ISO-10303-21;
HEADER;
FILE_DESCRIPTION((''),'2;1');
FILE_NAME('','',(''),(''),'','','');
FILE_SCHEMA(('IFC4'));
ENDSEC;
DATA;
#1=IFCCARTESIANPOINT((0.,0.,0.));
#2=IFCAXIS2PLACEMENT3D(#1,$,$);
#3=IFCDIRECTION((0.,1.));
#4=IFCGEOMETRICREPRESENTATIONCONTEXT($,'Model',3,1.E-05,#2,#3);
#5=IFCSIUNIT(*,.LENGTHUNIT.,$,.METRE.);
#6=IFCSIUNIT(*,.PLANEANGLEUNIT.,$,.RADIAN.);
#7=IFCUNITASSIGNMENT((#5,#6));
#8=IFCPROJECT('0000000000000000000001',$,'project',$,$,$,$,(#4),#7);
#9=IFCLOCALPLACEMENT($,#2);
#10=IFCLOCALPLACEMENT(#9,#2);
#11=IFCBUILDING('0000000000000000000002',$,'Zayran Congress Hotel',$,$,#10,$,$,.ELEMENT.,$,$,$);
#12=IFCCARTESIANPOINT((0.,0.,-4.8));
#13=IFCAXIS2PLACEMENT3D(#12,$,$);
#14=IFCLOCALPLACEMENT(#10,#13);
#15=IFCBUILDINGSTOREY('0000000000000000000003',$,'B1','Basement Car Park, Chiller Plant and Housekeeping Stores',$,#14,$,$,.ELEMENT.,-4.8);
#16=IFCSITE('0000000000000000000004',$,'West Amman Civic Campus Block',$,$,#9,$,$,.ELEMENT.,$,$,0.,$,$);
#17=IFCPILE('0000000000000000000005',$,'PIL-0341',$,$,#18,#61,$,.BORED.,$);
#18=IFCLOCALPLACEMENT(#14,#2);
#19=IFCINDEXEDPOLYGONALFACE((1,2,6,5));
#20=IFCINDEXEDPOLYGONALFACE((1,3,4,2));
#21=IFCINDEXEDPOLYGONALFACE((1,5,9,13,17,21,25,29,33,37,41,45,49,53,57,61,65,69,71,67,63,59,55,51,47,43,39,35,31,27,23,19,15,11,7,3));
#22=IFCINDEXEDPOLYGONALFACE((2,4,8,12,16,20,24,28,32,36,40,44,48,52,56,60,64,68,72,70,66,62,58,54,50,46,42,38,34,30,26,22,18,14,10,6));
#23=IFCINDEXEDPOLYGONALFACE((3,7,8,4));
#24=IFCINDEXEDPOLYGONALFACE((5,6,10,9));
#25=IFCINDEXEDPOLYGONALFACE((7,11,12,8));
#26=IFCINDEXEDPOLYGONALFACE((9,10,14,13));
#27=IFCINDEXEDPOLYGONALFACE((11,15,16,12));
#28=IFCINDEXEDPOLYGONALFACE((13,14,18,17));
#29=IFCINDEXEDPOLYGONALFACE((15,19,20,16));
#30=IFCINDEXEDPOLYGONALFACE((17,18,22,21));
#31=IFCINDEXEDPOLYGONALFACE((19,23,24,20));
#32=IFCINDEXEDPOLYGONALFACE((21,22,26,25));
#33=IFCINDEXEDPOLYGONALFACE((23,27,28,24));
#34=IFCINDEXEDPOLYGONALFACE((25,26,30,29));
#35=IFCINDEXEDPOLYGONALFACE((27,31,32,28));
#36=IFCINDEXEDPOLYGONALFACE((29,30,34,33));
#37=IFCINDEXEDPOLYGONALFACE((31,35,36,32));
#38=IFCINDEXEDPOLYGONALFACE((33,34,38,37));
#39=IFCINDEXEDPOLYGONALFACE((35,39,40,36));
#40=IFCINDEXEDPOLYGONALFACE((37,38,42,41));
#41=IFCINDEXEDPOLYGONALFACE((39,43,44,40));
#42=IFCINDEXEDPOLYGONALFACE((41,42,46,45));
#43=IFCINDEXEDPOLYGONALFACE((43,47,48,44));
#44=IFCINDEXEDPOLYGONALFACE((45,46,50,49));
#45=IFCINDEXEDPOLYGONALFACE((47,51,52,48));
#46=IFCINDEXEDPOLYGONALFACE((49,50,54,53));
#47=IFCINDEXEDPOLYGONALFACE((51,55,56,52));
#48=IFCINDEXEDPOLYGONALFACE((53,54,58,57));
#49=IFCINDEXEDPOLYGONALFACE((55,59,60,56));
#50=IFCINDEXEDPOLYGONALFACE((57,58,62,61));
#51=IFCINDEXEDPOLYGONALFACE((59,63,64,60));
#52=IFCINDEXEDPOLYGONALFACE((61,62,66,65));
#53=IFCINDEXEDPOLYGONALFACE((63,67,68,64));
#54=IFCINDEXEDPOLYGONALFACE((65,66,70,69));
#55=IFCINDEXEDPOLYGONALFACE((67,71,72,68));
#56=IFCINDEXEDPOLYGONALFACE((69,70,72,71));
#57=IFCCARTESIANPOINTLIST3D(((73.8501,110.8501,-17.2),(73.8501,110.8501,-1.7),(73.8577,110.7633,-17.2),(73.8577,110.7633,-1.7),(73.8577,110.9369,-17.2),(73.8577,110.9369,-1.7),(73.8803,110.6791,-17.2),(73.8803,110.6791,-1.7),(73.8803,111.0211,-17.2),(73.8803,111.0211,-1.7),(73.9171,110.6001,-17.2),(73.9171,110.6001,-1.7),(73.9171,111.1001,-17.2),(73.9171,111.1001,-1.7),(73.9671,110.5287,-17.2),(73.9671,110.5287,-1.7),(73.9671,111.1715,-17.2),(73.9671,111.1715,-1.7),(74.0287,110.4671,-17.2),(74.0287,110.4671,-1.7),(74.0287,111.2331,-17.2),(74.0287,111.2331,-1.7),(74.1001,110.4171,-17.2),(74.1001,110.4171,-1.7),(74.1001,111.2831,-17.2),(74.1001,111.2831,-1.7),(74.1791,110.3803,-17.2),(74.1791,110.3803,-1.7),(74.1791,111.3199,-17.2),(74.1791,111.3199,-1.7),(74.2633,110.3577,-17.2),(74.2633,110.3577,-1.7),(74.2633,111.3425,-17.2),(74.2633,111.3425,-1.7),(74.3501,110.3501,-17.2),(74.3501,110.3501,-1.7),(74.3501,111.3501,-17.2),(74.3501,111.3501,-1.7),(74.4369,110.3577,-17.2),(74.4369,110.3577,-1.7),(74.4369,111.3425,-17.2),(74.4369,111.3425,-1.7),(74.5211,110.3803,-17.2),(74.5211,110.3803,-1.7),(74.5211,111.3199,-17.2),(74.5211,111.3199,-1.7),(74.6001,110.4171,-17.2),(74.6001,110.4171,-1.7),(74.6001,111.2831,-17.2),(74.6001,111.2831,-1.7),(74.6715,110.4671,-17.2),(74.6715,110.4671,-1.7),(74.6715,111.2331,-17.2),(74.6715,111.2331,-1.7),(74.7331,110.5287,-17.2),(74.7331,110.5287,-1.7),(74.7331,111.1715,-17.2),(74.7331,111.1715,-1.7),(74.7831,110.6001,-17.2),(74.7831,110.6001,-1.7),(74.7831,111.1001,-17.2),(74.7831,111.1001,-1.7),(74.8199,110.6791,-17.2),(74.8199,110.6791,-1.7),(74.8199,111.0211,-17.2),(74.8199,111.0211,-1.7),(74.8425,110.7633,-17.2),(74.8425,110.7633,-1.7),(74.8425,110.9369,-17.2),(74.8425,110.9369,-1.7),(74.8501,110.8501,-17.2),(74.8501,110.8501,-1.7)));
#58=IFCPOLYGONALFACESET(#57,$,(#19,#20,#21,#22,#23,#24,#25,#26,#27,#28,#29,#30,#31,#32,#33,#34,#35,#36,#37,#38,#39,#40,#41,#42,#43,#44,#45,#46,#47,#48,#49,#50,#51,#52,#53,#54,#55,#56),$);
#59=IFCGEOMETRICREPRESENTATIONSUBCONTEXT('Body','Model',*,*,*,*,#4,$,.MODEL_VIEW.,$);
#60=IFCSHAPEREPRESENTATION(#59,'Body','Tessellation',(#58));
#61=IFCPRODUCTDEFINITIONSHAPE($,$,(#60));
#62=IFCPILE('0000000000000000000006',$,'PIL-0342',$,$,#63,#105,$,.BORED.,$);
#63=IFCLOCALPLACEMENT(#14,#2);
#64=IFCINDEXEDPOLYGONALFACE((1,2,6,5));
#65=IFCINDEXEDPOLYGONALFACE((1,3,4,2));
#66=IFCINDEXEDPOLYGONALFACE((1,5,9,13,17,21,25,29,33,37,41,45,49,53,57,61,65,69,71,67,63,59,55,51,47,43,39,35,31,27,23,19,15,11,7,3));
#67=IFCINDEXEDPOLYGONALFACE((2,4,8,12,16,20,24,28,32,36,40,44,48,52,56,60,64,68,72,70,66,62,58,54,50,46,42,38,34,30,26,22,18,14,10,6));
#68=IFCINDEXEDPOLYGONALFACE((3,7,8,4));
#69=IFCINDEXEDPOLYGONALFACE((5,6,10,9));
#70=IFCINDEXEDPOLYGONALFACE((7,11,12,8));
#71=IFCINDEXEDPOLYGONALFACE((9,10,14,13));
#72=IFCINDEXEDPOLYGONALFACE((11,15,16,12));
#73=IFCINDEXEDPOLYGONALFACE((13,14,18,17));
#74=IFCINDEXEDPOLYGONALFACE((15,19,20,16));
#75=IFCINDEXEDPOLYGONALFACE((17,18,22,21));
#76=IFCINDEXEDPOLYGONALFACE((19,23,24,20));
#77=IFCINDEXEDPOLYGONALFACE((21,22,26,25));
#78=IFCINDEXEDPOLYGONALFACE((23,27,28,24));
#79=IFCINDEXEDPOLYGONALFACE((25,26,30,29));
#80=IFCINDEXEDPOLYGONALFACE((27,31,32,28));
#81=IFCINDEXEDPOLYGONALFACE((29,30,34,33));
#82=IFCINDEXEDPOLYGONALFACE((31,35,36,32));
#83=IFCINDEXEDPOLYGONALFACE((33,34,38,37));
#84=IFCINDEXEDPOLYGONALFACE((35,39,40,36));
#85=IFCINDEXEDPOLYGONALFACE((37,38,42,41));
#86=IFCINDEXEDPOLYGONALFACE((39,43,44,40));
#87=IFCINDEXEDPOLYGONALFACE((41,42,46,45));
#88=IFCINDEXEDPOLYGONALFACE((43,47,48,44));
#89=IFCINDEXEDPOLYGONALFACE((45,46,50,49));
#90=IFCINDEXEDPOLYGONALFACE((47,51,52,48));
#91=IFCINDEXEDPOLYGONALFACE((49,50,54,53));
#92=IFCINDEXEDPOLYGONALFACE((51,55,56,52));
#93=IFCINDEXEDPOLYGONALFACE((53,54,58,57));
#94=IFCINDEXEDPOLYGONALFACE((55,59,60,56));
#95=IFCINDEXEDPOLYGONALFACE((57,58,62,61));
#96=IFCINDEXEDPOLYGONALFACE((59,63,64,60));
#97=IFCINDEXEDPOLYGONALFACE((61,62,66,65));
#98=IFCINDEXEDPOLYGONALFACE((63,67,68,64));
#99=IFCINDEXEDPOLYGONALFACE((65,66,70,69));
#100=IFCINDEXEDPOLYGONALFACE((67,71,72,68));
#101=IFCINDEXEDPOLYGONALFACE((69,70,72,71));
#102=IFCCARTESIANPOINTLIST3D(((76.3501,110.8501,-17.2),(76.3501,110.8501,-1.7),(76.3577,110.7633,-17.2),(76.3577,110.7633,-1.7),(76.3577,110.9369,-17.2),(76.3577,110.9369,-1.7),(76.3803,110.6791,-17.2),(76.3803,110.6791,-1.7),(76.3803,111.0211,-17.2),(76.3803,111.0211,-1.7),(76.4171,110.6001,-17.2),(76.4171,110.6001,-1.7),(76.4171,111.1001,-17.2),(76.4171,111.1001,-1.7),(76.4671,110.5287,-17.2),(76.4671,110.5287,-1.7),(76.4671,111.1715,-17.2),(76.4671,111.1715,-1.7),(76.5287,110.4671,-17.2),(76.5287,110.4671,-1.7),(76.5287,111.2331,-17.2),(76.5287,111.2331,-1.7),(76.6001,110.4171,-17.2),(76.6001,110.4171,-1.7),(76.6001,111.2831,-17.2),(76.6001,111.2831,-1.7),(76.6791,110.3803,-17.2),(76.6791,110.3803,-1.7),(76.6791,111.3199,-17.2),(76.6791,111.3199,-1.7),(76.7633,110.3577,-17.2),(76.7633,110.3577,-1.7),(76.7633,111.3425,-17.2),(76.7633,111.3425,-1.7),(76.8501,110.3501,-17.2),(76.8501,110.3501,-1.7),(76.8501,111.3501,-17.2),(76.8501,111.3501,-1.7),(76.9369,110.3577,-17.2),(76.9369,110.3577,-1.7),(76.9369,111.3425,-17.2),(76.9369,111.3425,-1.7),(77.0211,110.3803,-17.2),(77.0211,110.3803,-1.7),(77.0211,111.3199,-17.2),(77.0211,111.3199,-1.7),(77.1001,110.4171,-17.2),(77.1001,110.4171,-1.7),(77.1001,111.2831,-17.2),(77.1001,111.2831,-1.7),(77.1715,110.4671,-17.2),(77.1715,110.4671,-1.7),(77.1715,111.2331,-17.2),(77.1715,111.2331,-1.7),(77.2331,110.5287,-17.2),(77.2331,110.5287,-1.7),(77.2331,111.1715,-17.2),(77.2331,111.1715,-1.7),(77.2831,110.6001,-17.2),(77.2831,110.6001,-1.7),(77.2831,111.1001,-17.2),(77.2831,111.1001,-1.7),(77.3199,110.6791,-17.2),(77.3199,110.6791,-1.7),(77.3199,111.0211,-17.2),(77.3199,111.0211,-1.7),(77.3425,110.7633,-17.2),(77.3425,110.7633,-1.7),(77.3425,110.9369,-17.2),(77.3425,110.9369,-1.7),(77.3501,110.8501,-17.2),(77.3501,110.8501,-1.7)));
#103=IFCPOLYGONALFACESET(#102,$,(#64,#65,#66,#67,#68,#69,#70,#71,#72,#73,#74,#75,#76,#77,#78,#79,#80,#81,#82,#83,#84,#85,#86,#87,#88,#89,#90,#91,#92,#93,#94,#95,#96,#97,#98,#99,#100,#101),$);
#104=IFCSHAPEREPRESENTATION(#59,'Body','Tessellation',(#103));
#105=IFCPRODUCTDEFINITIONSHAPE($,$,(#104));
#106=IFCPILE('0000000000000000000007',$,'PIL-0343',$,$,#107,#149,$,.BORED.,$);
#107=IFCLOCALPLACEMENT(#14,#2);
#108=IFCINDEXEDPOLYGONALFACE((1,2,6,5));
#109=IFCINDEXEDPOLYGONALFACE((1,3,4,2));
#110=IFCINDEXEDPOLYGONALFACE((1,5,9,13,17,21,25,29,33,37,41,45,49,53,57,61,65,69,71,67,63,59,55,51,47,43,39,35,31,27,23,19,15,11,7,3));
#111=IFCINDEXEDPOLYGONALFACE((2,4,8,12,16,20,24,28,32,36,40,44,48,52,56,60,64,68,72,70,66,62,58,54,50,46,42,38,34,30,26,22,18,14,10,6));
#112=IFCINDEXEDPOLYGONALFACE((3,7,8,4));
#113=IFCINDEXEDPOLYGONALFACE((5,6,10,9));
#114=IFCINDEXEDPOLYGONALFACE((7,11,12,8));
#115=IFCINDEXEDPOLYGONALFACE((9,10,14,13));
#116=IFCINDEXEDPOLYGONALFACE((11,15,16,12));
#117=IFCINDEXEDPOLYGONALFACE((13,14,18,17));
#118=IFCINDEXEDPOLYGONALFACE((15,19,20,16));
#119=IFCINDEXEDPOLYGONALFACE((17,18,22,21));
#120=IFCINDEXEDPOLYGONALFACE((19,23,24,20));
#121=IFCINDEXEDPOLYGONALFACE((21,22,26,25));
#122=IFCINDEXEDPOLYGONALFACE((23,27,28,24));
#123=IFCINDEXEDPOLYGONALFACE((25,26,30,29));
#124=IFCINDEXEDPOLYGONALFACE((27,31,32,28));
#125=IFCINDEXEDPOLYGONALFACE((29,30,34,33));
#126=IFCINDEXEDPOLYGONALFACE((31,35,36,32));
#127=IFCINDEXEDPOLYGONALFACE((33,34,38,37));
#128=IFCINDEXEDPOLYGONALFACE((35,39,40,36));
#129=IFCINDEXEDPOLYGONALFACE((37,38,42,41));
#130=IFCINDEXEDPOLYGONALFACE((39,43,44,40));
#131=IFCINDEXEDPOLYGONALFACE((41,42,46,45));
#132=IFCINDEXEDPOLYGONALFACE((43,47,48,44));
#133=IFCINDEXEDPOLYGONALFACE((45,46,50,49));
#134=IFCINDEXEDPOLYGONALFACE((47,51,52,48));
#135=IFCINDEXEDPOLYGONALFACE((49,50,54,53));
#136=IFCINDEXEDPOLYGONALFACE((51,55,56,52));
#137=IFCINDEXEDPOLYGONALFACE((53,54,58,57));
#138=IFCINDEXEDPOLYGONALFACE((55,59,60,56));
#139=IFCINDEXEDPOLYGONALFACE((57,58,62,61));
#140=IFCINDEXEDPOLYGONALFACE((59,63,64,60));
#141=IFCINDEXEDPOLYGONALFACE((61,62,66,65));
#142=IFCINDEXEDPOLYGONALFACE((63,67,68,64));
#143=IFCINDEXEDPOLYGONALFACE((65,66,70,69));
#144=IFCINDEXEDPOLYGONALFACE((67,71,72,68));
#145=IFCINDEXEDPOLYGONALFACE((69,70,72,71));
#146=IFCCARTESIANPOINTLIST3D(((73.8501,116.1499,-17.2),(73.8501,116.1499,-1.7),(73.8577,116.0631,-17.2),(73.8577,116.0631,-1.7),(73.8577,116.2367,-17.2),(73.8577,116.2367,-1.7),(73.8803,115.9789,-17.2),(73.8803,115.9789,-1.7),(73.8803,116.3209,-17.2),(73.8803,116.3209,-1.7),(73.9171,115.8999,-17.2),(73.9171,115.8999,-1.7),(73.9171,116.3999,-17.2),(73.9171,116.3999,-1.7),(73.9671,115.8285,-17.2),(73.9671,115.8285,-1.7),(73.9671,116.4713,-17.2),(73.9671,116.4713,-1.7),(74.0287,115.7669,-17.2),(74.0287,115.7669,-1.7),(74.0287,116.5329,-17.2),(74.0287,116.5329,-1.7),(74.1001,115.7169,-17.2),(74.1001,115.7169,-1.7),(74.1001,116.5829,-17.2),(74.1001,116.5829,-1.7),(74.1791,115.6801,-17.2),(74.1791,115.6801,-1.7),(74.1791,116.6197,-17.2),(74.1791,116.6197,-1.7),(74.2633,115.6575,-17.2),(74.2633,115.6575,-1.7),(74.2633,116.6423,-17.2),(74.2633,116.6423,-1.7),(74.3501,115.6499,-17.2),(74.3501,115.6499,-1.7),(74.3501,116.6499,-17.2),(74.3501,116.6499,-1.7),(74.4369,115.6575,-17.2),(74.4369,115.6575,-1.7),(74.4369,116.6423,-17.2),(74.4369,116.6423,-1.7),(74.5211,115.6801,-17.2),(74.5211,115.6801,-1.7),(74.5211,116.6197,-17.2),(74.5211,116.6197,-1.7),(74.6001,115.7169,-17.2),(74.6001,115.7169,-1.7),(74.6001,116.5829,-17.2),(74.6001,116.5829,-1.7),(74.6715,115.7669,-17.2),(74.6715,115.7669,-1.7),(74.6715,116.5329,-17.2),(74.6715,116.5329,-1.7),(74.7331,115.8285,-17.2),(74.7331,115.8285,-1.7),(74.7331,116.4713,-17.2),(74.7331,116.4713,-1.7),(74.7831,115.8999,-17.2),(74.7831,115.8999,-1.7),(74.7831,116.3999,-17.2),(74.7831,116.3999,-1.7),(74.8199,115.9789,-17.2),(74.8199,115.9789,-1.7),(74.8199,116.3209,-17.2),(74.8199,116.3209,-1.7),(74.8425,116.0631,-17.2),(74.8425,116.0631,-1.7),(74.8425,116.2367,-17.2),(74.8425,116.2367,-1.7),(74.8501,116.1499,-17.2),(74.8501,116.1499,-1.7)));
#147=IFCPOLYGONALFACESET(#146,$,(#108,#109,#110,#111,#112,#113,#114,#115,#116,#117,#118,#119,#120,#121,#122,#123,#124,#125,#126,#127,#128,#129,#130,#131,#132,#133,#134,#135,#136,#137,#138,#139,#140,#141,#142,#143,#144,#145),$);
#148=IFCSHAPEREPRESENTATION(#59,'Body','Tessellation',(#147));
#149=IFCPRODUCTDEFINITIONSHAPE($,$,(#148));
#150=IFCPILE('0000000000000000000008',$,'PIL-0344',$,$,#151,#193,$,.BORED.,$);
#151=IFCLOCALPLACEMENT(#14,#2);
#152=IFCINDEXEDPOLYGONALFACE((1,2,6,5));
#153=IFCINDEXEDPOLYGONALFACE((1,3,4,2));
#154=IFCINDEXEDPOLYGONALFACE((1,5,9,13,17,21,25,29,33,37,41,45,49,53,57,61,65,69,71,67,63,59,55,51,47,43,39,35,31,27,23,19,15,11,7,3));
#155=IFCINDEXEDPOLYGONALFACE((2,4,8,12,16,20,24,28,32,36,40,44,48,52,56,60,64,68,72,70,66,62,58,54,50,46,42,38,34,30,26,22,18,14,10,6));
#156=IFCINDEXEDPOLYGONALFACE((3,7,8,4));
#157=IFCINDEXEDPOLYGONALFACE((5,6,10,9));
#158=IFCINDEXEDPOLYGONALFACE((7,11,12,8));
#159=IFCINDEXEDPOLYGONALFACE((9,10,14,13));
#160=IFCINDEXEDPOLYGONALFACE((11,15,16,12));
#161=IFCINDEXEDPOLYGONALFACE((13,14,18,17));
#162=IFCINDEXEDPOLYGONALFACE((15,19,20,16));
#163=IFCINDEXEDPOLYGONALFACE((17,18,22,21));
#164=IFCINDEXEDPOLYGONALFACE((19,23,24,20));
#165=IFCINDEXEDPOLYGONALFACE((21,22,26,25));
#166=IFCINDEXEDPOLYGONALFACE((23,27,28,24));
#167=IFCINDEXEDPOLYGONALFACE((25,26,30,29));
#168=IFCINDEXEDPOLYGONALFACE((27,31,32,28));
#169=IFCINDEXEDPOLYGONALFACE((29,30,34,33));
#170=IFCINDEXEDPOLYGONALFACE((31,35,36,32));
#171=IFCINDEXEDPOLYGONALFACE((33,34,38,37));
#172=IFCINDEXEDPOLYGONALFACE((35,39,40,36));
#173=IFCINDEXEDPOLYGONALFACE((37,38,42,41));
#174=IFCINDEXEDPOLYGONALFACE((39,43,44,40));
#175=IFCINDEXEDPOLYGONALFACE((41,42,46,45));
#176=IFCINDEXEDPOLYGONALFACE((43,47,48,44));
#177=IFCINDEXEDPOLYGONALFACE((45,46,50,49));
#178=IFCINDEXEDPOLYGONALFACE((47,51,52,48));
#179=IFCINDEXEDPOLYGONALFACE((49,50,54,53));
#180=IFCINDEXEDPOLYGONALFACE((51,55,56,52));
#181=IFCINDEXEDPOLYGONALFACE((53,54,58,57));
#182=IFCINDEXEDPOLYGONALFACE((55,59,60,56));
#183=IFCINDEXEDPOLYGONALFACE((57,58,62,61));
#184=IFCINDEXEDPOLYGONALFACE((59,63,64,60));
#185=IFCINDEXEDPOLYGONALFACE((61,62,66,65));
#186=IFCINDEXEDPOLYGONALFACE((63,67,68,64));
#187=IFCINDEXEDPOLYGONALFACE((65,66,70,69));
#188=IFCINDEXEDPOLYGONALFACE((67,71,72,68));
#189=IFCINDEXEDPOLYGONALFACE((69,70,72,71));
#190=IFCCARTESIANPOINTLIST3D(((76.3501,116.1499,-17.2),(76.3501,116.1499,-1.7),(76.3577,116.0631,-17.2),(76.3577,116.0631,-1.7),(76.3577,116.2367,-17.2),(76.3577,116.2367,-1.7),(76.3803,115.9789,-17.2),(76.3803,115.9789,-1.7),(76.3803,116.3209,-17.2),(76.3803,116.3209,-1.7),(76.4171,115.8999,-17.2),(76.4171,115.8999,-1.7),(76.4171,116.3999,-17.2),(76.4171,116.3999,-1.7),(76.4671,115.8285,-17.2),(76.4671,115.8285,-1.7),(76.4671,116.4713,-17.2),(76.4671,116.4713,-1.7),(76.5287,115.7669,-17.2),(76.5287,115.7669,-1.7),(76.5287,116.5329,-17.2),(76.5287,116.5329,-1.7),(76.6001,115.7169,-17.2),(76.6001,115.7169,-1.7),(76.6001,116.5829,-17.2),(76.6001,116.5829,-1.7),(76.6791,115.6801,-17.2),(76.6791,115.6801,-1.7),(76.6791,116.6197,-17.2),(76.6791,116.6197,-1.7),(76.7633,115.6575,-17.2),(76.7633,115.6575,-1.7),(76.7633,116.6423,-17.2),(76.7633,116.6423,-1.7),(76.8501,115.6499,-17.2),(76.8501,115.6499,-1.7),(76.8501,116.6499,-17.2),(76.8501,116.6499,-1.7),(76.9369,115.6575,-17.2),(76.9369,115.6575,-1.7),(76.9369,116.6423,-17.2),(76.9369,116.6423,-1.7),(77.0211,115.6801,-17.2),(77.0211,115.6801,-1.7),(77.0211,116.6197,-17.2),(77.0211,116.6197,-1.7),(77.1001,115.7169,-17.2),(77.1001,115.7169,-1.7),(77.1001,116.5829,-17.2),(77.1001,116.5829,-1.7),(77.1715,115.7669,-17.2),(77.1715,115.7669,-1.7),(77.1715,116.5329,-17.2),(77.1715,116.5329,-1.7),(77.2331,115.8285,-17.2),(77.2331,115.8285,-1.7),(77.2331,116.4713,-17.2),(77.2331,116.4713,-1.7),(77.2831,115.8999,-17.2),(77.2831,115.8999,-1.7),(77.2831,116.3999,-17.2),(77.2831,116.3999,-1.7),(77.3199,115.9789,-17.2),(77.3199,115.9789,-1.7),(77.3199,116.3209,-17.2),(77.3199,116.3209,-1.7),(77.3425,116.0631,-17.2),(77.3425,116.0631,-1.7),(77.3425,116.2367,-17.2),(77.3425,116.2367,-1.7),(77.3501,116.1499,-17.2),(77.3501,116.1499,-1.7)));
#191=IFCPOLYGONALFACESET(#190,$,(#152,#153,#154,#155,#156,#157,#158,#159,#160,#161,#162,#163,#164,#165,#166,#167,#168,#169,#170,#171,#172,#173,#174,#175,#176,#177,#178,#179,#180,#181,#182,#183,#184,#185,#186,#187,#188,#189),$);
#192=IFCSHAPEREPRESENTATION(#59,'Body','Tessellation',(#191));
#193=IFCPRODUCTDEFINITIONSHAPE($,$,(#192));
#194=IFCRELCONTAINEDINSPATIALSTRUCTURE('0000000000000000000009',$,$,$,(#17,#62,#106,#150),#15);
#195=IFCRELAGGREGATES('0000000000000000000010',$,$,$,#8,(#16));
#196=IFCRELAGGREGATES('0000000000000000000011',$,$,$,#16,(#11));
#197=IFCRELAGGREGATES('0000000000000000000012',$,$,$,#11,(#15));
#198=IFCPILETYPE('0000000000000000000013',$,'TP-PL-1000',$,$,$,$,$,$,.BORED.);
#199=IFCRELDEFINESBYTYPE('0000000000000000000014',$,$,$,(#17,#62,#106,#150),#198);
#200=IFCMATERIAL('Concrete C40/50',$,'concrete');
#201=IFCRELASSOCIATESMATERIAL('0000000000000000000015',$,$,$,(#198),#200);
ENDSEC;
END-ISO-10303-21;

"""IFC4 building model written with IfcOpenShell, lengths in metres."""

from ifc_helpers import new_model, si_unit, direction, frame, origin, origin_2d, place, context, subcontext, project, spatial, circle, extrude, material, material_profile, profile_set, type_object, element, save


model = new_model("IFC4")

# Units and contexts
model_context = context("Model", 3, precision=1e-05, world=origin(), true_north=direction((0.0, 1.0)))
body_context = subcontext(model_context, "Body", "Model", "MODEL_VIEW")
ifc_project = project(units=[si_unit("LENGTHUNIT", "METRE"), si_unit("PLANEANGLEUNIT", "RADIAN")], contexts=[model_context])

# Site, building, storey
site_placement = place(None, origin())
site = spatial("IfcSite", under=ifc_project, at=site_placement, Name="West Amman Civic Campus Block", CompositionType="ELEMENT", RefElevation=0.0)
building_placement = place(site_placement, origin())
building = spatial("IfcBuilding", under=site, at=building_placement, Name="Zayran Congress Hotel", CompositionType="ELEMENT")
storey_placement = place(building_placement, frame((0.0, 0.0, -4.8)))
storey = spatial("IfcBuildingStorey", under=building, at=storey_placement, Name="B1", Description="Basement Car Park, Chiller Plant and Housekeeping Stores", CompositionType="ELEMENT", Elevation=-4.8)

# Piles
ifc_material_1 = material(Name="Concrete C40/50", Category="concrete")
ifc_material_profile_1 = material_profile(ifc_material_1, circle(Radius=0.5, at=origin_2d()), Name="PILE D1000")
ifc_profile_set_1 = profile_set([ifc_material_profile_1], Name="Concrete C40/50")
pile_type = type_object("IfcPileType", Name="TP-PL-1000", PredefinedType="BORED", material=ifc_profile_set_1)
for number, where, z_axis, x_axis, name in (
    (1, (74.3501, 110.8501, -1.7), (0.0, 0.0, -1.0), (1.0, 0.0, 0.0), "PIL-0341"),
    (2, (76.8501, 110.8501, -1.7), (0.0, 0.0, -1.0), (1.0, 0.0, 0.0), "PIL-0342"),
    (3, (74.3501, 116.1499, -1.7), (0.0, 0.0, -1.0), (1.0, 0.0, 0.0), "PIL-0343"),
    (4, (76.8501, 116.1499, -1.7), (0.0, 0.0, -1.0), (1.0, 0.0, 0.0), "PIL-0344"),
):
    element("IfcPile", number, at=place(storey_placement, frame(where, z_axis=z_axis, x_axis=x_axis)), inside=storey, type_object=pile_type, Name=name, PredefinedType="BORED", context=body_context, shape_type="SweptSolid", body=[
        extrude(circle(Radius=0.5, at=origin_2d()), origin(), (0.0, 0.0, 1.0), 15.5),
    ])

save(model, "model.ifc")
